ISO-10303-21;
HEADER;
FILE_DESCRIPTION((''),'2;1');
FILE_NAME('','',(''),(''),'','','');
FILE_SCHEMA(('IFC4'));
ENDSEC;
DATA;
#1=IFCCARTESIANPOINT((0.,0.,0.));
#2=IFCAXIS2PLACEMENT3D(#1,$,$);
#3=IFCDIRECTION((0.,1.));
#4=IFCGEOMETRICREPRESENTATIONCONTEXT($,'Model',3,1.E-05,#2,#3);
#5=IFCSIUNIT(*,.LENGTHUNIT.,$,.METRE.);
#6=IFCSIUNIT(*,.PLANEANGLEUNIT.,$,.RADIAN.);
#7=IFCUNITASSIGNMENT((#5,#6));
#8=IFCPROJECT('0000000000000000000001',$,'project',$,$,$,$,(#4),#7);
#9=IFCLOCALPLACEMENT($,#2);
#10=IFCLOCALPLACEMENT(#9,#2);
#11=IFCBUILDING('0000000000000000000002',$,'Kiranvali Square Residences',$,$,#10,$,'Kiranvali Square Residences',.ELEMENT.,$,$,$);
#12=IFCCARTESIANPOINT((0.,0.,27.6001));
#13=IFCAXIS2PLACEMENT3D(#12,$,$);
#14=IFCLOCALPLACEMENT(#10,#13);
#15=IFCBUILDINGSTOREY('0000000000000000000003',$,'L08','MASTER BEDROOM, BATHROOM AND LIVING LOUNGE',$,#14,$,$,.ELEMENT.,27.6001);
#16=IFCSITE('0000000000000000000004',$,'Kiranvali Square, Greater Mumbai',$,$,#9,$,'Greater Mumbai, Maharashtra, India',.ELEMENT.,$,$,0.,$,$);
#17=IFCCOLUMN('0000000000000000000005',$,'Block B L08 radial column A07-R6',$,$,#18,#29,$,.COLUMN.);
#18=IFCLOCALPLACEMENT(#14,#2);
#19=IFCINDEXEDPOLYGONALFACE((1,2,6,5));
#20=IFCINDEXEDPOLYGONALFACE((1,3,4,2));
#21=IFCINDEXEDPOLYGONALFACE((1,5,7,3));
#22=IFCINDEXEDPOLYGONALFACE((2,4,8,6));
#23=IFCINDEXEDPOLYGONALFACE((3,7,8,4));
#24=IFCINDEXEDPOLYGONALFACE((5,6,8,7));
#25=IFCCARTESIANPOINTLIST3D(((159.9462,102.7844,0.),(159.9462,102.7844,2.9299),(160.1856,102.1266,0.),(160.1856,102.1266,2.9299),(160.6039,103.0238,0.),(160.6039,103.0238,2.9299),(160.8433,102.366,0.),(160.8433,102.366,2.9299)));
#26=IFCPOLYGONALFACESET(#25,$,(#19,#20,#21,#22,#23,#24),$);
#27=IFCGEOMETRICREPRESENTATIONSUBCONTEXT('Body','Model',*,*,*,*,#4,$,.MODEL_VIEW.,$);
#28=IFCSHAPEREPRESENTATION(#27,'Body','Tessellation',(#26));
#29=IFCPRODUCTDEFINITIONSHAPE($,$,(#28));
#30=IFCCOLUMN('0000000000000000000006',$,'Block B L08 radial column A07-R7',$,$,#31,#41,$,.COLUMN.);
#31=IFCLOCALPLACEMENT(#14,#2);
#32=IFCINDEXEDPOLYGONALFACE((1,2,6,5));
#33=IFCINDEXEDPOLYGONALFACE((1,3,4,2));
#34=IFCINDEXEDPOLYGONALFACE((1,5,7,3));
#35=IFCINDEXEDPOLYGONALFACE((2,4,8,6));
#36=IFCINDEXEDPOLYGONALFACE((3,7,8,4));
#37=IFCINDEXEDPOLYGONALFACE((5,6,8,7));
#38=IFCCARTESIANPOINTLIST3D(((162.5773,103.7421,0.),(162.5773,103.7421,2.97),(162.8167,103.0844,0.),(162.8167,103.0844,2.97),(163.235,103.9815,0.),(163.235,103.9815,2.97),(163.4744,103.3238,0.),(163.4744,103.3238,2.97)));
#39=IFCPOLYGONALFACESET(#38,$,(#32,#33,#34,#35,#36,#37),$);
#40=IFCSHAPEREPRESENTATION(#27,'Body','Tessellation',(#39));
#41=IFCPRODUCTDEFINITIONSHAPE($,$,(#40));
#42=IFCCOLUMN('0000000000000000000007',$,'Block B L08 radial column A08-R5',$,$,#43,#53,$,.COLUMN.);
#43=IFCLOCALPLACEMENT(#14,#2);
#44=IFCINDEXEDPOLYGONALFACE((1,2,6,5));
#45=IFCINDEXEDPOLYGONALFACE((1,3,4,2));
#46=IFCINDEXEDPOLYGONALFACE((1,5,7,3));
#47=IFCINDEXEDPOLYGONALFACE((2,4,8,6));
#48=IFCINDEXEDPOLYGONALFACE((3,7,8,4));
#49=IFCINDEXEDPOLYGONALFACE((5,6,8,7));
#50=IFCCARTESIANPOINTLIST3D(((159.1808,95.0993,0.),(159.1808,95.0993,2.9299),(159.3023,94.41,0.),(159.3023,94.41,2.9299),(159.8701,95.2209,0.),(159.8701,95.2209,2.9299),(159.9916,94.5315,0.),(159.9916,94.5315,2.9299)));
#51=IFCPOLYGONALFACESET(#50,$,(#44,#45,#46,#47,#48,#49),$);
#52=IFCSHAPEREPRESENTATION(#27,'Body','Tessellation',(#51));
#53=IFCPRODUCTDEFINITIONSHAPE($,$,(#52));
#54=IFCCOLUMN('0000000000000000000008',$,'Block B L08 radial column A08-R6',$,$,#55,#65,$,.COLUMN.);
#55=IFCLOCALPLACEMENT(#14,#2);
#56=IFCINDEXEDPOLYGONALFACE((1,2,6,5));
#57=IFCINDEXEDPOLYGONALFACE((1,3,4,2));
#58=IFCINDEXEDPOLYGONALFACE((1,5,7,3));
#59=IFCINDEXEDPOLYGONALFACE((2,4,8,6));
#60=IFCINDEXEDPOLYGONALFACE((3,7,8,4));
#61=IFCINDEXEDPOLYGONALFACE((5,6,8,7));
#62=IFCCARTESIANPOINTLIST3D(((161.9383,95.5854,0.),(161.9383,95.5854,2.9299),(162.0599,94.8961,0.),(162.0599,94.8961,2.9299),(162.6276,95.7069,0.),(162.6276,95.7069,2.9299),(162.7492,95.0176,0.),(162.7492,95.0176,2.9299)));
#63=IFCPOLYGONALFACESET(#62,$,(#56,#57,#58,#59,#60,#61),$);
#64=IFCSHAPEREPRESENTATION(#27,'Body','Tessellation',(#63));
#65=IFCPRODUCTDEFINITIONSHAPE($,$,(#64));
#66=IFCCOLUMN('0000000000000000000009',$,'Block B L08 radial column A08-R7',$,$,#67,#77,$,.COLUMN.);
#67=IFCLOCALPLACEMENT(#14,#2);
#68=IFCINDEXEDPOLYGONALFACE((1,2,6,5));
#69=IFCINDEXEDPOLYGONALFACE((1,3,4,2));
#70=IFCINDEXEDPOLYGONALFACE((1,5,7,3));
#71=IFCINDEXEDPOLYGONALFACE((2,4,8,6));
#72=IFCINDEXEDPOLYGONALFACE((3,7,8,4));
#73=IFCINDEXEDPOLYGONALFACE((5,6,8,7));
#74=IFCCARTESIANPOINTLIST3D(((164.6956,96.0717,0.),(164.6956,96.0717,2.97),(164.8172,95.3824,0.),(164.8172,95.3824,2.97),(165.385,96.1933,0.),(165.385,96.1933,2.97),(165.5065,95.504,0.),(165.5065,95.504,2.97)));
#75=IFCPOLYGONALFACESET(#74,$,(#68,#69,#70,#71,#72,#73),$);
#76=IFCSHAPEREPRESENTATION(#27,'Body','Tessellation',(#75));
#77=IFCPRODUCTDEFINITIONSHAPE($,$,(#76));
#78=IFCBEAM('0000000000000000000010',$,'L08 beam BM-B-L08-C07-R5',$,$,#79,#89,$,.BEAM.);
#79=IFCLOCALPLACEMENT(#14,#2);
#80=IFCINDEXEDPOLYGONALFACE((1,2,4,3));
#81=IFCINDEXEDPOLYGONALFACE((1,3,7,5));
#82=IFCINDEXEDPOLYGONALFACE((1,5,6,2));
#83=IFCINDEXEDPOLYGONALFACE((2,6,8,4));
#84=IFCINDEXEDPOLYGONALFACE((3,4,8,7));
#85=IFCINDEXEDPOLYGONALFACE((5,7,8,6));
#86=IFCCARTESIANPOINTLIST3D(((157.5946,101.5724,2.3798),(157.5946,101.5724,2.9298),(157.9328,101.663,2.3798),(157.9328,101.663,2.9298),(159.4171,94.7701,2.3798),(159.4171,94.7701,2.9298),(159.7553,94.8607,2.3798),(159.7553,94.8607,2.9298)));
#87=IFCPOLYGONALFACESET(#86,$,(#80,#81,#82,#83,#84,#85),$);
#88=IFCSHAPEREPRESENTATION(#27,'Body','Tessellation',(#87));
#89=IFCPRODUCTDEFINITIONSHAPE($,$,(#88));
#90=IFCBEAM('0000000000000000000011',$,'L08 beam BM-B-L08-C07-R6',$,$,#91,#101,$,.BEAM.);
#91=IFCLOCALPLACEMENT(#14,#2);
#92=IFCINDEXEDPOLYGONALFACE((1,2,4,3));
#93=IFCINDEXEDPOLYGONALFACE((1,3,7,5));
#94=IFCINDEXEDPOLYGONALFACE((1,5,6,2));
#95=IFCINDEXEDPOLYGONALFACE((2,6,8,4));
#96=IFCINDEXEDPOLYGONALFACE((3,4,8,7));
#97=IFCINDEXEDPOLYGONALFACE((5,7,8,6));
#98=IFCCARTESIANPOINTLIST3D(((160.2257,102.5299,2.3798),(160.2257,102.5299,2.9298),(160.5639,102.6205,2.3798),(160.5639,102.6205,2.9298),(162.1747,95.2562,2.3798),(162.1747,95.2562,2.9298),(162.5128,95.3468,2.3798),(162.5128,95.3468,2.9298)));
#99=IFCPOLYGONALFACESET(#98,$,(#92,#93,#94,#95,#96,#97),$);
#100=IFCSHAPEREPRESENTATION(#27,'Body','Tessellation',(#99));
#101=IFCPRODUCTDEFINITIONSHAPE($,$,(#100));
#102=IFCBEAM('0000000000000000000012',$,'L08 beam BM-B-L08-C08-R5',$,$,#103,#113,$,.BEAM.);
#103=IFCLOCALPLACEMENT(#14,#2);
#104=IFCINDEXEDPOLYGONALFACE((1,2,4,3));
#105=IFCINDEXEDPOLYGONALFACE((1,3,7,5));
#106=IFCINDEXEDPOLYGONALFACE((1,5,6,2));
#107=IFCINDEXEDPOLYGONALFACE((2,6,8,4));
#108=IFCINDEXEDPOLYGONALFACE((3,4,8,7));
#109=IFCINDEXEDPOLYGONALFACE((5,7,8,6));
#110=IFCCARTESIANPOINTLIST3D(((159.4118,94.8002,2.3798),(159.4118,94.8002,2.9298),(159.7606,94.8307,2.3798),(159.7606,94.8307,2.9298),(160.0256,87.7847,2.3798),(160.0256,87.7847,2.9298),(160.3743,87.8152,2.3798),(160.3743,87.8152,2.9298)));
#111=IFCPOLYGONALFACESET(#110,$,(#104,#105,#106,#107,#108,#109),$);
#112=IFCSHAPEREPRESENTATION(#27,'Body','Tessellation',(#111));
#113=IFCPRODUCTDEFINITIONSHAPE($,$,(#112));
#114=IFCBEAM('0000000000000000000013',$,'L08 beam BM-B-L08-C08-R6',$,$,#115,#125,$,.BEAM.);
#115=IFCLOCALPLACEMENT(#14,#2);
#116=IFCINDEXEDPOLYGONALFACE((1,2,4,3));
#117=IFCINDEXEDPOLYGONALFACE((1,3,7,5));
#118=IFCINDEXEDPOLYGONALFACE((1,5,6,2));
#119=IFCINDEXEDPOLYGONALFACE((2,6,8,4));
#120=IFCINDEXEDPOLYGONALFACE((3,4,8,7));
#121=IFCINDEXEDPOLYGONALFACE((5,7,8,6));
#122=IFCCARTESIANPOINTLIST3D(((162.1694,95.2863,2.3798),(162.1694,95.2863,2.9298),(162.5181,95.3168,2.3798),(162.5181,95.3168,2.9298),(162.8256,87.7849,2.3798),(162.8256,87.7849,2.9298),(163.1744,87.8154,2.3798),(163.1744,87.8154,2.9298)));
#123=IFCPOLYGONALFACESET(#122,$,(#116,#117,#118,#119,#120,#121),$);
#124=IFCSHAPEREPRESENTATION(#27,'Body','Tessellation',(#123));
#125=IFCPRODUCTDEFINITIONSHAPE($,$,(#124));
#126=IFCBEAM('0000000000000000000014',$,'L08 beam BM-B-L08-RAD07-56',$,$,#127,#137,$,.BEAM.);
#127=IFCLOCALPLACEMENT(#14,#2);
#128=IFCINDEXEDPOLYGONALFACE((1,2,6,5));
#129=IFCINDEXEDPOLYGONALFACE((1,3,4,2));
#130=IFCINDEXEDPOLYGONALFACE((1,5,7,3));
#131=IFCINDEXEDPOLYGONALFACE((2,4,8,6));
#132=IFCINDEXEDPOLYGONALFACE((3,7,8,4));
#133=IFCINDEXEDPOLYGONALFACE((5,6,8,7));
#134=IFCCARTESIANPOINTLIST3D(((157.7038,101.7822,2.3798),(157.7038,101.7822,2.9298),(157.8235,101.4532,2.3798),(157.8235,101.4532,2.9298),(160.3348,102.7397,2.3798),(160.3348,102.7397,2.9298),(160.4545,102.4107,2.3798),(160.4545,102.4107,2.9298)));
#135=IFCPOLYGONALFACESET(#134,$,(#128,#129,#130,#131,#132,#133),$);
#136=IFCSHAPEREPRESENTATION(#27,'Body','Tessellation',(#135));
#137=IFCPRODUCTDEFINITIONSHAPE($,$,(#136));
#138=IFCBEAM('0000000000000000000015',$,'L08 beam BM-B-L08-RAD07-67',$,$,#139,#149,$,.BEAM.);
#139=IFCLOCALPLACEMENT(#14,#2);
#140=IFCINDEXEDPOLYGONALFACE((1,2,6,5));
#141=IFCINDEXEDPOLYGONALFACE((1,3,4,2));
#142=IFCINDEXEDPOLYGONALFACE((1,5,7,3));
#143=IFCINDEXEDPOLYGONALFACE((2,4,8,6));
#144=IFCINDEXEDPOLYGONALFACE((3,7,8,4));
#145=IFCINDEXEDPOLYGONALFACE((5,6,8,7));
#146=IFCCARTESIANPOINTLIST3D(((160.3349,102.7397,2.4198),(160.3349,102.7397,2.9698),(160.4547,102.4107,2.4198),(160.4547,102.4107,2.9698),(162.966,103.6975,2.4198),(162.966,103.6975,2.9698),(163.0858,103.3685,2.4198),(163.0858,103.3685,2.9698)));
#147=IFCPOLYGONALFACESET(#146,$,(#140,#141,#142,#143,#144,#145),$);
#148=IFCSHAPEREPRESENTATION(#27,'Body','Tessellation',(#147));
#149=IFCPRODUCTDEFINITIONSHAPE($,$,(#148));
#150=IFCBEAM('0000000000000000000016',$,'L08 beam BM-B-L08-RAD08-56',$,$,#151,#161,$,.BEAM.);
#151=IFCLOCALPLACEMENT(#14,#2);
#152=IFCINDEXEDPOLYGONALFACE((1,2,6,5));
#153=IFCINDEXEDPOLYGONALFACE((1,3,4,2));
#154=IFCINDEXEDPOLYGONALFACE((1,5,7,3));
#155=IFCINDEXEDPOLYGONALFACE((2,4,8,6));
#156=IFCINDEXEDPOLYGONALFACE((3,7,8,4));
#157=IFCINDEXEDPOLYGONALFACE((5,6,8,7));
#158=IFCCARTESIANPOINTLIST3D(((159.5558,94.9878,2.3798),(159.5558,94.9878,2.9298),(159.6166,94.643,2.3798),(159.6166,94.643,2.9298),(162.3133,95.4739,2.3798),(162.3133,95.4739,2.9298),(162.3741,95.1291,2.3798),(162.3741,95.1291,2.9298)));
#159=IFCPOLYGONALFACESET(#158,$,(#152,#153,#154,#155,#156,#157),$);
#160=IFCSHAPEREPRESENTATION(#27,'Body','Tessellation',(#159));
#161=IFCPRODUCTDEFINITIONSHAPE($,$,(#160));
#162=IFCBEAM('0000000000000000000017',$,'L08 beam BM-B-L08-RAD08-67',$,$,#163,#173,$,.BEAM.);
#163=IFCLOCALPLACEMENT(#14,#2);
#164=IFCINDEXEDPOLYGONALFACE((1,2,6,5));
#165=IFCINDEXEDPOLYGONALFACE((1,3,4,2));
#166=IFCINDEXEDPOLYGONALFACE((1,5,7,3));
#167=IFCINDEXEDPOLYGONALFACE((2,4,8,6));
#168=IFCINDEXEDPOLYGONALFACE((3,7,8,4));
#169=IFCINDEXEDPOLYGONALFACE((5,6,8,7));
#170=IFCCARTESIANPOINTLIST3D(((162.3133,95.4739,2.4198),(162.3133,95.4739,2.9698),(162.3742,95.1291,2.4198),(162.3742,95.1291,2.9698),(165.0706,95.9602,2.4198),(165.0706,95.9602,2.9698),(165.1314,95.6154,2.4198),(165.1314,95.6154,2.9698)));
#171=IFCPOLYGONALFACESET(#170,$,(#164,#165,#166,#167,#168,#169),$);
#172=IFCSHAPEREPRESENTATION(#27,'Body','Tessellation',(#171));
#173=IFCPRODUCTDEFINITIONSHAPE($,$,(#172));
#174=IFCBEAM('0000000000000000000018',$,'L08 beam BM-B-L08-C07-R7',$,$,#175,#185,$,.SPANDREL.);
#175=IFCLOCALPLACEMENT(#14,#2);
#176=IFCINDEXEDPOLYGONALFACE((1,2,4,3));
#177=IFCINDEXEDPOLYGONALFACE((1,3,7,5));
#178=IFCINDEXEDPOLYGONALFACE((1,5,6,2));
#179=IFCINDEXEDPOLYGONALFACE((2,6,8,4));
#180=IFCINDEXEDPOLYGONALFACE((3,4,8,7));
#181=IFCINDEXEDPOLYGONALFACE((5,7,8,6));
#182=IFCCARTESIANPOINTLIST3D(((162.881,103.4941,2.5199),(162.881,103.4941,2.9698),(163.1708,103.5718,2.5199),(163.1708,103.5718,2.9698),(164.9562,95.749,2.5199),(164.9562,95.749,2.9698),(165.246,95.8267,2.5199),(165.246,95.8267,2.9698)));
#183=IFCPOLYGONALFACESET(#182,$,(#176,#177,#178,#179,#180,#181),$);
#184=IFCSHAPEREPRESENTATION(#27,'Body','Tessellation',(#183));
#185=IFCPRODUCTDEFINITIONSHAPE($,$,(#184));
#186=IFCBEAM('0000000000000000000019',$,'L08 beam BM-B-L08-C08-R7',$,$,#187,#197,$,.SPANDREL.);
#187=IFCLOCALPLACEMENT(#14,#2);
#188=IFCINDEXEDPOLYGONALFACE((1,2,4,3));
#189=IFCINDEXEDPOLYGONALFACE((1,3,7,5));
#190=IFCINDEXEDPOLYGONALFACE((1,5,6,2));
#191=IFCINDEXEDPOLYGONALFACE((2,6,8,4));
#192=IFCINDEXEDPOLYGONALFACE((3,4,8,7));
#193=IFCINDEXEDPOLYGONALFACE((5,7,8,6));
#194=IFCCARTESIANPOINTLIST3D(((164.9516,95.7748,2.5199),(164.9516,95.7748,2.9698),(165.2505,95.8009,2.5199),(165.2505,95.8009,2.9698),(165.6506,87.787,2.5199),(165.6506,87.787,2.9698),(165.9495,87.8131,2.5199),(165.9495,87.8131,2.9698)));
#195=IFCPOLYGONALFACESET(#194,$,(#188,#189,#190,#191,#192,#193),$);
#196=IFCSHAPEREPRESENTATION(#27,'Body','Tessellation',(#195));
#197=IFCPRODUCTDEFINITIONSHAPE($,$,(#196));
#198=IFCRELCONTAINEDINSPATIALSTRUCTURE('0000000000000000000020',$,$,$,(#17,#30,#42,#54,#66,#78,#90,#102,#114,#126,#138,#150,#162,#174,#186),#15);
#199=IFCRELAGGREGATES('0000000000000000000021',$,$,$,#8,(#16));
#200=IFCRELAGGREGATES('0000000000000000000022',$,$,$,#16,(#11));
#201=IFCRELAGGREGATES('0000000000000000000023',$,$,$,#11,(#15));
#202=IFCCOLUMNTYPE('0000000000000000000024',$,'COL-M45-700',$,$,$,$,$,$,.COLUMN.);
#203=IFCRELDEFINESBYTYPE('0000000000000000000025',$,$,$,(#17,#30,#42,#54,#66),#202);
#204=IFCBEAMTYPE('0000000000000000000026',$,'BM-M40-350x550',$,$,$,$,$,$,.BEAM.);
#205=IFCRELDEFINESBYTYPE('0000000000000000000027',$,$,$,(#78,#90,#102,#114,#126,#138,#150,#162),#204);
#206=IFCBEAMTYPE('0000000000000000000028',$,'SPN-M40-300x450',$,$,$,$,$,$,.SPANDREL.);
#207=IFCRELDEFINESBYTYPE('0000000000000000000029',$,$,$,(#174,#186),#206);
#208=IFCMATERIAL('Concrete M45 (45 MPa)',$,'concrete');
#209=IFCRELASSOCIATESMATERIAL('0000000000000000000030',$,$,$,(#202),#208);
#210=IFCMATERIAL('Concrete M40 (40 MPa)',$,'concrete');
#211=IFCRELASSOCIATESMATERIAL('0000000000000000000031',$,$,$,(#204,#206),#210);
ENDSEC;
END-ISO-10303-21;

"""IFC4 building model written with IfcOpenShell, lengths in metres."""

from ifc_helpers import new_model, si_unit, direction, frame, origin, origin_2d, place, context, subcontext, project, spatial, rectangle, extrude, material, material_profile, profile_set, type_object, element, save


model = new_model("IFC4")

# Units and contexts
model_context = context("Model", 3, precision=1e-05, world=origin(), true_north=direction((0.0, 1.0)))
body_context = subcontext(model_context, "Body", "Model", "MODEL_VIEW")
ifc_project = project(units=[si_unit("LENGTHUNIT", "METRE"), si_unit("PLANEANGLEUNIT", "RADIAN")], contexts=[model_context])

# Site, building, storey
site_placement = place(None, origin())
site = spatial("IfcSite", under=ifc_project, at=site_placement, Name="Kiranvali Square, Greater Mumbai", LongName="Greater Mumbai, Maharashtra, India", CompositionType="ELEMENT", RefElevation=0.0)
building_placement = place(site_placement, origin())
building = spatial("IfcBuilding", under=site, at=building_placement, Name="Kiranvali Square Residences", LongName="Kiranvali Square Residences", CompositionType="ELEMENT")
storey_placement = place(building_placement, frame((0.0, 0.0, 27.6001)))
storey = spatial("IfcBuildingStorey", under=building, at=storey_placement, Name="L08", Description="MASTER BEDROOM, BATHROOM AND LIVING LOUNGE", CompositionType="ELEMENT", Elevation=27.6001)

# Columns
ifc_material_1 = material(Name="Concrete M45 (45 MPa)", Category="concrete")
ifc_material_profile_1 = material_profile(ifc_material_1, rectangle(XDim=0.7, YDim=0.7, at=origin_2d()), Name="RC 700x700")
ifc_profile_set_1 = profile_set([ifc_material_profile_1], Name="Concrete M45 (45 MPa)")
column_type = type_object("IfcColumnType", Name="COL-M45-700", PredefinedType="COLUMN", material=ifc_profile_set_1)
column_1_placement = place(storey_placement, frame((160.3948, 102.5752, 0.0), z_axis=(0.0, 0.0, 1.0), x_axis=(-0.34202, 0.939693, 0.0)))
element("IfcColumn", 1, at=column_1_placement, inside=storey, type_object=column_type, Name="Block B L08 radial column A07-R6", PredefinedType="COLUMN", context=body_context, shape_type="SweptSolid", body=[
    extrude(rectangle(XDim=0.7, YDim=0.7, at=origin_2d()), origin(), (0.0, 0.0, 1.0), 2.9299),
])
column_2_placement = place(storey_placement, frame((163.0259, 103.533, 0.0), z_axis=(0.0, 0.0, 1.0), x_axis=(-0.34202, 0.939693, 0.0)))
element("IfcColumn", 2, at=column_2_placement, inside=storey, type_object=column_type, Name="Block B L08 radial column A07-R7", PredefinedType="COLUMN", context=body_context, shape_type="SweptSolid", body=[
    extrude(rectangle(XDim=0.7, YDim=0.7, at=origin_2d()), origin(), (0.0, 0.0, 1.0), 2.97),
])
for number, where, z_axis, x_axis, name in (
    (3, (159.5862, 94.8154, 0.0), (0.0, 0.0, 1.0), (-0.173648, 0.984808, 0.0), "Block B L08 radial column A08-R5"),
    (4, (162.3438, 95.3015, 0.0), (0.0, 0.0, 1.0), (-0.173648, 0.984808, 0.0), "Block B L08 radial column A08-R6"),
):
    element("IfcColumn", number, at=place(storey_placement, frame(where, z_axis=z_axis, x_axis=x_axis)), inside=storey, type_object=column_type, Name=name, PredefinedType="COLUMN", context=body_context, shape_type="SweptSolid", body=[
        extrude(rectangle(XDim=0.7, YDim=0.7, at=origin_2d()), origin(), (0.0, 0.0, 1.0), 2.9299),
    ])
column_3_placement = place(storey_placement, frame((165.1011, 95.7878, 0.0), z_axis=(0.0, 0.0, 1.0), x_axis=(-0.173648, 0.984808, 0.0)))
element("IfcColumn", 5, at=column_3_placement, inside=storey, type_object=column_type, Name="Block B L08 radial column A08-R7", PredefinedType="COLUMN", context=body_context, shape_type="SweptSolid", body=[
    extrude(rectangle(XDim=0.7, YDim=0.7, at=origin_2d()), origin(), (0.0, 0.0, 1.0), 2.97),
])

# Beams
ifc_material_2 = material(Name="Concrete M40 (40 MPa)", Category="concrete")
ifc_material_profile_2 = material_profile(ifc_material_2, rectangle(XDim=0.3501, YDim=0.55, at=origin_2d()), Name="RC 350x550")
ifc_profile_set_2 = profile_set([ifc_material_profile_2], Name="Concrete M40 (40 MPa)")
beam_type_1 = type_object("IfcBeamType", Name="BM-M40-350x550", PredefinedType="BEAM", material=ifc_profile_set_2)
beam_1_placement = place(storey_placement, frame((157.7637, 101.6177, 2.6548), z_axis=(0.2588, -0.965931, 0.0), x_axis=(0.965931, 0.2588, 0.0)))
element("IfcBeam", 6, at=beam_1_placement, inside=storey, type_object=beam_type_1, Name="L08 beam BM-B-L08-C07-R5", PredefinedType="BEAM", context=body_context, shape_type="SweptSolid", body=[
    extrude(rectangle(XDim=0.3501, YDim=0.55, at=origin_2d()), origin(), (0.0, 0.0, 1.0), 7.0422),
])
beam_2_placement = place(storey_placement, frame((160.3948, 102.5752, 2.6548), z_axis=(0.258819, -0.965926, 0.0), x_axis=(0.965926, 0.258819, 0.0)))
element("IfcBeam", 7, at=beam_2_placement, inside=storey, type_object=beam_type_1, Name="L08 beam BM-B-L08-C07-R6", PredefinedType="BEAM", context=body_context, shape_type="SweptSolid", body=[
    extrude(rectangle(XDim=0.3501, YDim=0.55, at=origin_2d()), origin(), (0.0, 0.0, 1.0), 7.5303),
])
beam_3_placement = place(storey_placement, frame((159.5862, 94.8154, 2.6548), z_axis=(0.087156, -0.996195, 0.0), x_axis=(0.996195, 0.087156, 0.0)))
element("IfcBeam", 8, at=beam_3_placement, inside=storey, type_object=beam_type_1, Name="L08 beam BM-B-L08-C08-R5", PredefinedType="BEAM", context=body_context, shape_type="SweptSolid", body=[
    extrude(rectangle(XDim=0.3501, YDim=0.55, at=origin_2d()), origin(), (0.0, 0.0, 1.0), 7.0422),
])
beam_4_placement = place(storey_placement, frame((162.3438, 95.3015, 2.6548), z_axis=(0.08715, -0.996195, 0.0), x_axis=(0.996195, 0.08715, 0.0)))
element("IfcBeam", 9, at=beam_4_placement, inside=storey, type_object=beam_type_1, Name="L08 beam BM-B-L08-C08-R6", PredefinedType="BEAM", context=body_context, shape_type="SweptSolid", body=[
    extrude(rectangle(XDim=0.3501, YDim=0.55, at=origin_2d()), origin(), (0.0, 0.0, 1.0), 7.53),
])
beam_5_placement = place(storey_placement, frame((157.7637, 101.6177, 2.6548), z_axis=(0.939707, 0.341981, 0.0), x_axis=(-0.341981, 0.939707, 0.0)))
element("IfcBeam", 10, at=beam_5_placement, inside=storey, type_object=beam_type_1, Name="L08 beam BM-B-L08-RAD07-56", PredefinedType="BEAM", context=body_context, shape_type="SweptSolid", body=[
    extrude(rectangle(XDim=0.3501, YDim=0.55, at=origin_2d()), origin(), (0.0, 0.0, 1.0), 2.7998),
])
for number, where, z_axis, x_axis, name in (
    (11, (160.3948, 102.5752, 2.6948), (0.939679, 0.342058, 0.0), (-0.342058, 0.939679, 0.0), "L08 beam BM-B-L08-RAD07-67"),
    (12, (159.5862, 94.8154, 2.6548), (0.984817, 0.173596, 0.0), (-0.173596, 0.984817, 0.0), "L08 beam BM-B-L08-RAD08-56"),
):
    element("IfcBeam", number, at=place(storey_placement, frame(where, z_axis=z_axis, x_axis=x_axis)), inside=storey, type_object=beam_type_1, Name=name, PredefinedType="BEAM", context=body_context, shape_type="SweptSolid", body=[
        extrude(rectangle(XDim=0.3501, YDim=0.55, at=origin_2d()), origin(), (0.0, 0.0, 1.0), 2.8),
    ])
beam_6_placement = place(storey_placement, frame((162.3438, 95.3015, 2.6948), z_axis=(0.984799, 0.173696, 0.0), x_axis=(-0.173696, 0.984799, 0.0)))
element("IfcBeam", 13, at=beam_6_placement, inside=storey, type_object=beam_type_1, Name="L08 beam BM-B-L08-RAD08-67", PredefinedType="BEAM", context=body_context, shape_type="SweptSolid", body=[
    extrude(rectangle(XDim=0.3501, YDim=0.55, at=origin_2d()), origin(), (0.0, 0.0, 1.0), 2.7998),
])
ifc_material_profile_3 = material_profile(ifc_material_2, rectangle(XDim=0.3, YDim=0.45, at=origin_2d()), Name="RC 300x450")
ifc_profile_set_3 = profile_set([ifc_material_profile_3], Name="Concrete M40 (40 MPa)")
beam_type_2 = type_object("IfcBeamType", Name="SPN-M40-300x450", PredefinedType="SPANDREL", material=ifc_profile_set_3)
for number, where, z_axis, x_axis, name in (
    (14, (163.0259, 103.533, 2.7449), (0.258807, -0.965929, 0.0), (0.965929, 0.258807, 0.0), "L08 beam BM-B-L08-C07-R7"),
    (15, (165.1011, 95.7878, 2.7449), (0.087172, -0.996193, 0.0), (0.996193, 0.087172, 0.0), "L08 beam BM-B-L08-C08-R7"),
):
    element("IfcBeam", number, at=place(storey_placement, frame(where, z_axis=z_axis, x_axis=x_axis)), inside=storey, type_object=beam_type_2, Name=name, PredefinedType="SPANDREL", context=body_context, shape_type="SweptSolid", body=[
        extrude(rectangle(XDim=0.3, YDim=0.45, at=origin_2d()), origin(), (0.0, 0.0, 1.0), 8.0183),
    ])

save(model, "model.ifc")
